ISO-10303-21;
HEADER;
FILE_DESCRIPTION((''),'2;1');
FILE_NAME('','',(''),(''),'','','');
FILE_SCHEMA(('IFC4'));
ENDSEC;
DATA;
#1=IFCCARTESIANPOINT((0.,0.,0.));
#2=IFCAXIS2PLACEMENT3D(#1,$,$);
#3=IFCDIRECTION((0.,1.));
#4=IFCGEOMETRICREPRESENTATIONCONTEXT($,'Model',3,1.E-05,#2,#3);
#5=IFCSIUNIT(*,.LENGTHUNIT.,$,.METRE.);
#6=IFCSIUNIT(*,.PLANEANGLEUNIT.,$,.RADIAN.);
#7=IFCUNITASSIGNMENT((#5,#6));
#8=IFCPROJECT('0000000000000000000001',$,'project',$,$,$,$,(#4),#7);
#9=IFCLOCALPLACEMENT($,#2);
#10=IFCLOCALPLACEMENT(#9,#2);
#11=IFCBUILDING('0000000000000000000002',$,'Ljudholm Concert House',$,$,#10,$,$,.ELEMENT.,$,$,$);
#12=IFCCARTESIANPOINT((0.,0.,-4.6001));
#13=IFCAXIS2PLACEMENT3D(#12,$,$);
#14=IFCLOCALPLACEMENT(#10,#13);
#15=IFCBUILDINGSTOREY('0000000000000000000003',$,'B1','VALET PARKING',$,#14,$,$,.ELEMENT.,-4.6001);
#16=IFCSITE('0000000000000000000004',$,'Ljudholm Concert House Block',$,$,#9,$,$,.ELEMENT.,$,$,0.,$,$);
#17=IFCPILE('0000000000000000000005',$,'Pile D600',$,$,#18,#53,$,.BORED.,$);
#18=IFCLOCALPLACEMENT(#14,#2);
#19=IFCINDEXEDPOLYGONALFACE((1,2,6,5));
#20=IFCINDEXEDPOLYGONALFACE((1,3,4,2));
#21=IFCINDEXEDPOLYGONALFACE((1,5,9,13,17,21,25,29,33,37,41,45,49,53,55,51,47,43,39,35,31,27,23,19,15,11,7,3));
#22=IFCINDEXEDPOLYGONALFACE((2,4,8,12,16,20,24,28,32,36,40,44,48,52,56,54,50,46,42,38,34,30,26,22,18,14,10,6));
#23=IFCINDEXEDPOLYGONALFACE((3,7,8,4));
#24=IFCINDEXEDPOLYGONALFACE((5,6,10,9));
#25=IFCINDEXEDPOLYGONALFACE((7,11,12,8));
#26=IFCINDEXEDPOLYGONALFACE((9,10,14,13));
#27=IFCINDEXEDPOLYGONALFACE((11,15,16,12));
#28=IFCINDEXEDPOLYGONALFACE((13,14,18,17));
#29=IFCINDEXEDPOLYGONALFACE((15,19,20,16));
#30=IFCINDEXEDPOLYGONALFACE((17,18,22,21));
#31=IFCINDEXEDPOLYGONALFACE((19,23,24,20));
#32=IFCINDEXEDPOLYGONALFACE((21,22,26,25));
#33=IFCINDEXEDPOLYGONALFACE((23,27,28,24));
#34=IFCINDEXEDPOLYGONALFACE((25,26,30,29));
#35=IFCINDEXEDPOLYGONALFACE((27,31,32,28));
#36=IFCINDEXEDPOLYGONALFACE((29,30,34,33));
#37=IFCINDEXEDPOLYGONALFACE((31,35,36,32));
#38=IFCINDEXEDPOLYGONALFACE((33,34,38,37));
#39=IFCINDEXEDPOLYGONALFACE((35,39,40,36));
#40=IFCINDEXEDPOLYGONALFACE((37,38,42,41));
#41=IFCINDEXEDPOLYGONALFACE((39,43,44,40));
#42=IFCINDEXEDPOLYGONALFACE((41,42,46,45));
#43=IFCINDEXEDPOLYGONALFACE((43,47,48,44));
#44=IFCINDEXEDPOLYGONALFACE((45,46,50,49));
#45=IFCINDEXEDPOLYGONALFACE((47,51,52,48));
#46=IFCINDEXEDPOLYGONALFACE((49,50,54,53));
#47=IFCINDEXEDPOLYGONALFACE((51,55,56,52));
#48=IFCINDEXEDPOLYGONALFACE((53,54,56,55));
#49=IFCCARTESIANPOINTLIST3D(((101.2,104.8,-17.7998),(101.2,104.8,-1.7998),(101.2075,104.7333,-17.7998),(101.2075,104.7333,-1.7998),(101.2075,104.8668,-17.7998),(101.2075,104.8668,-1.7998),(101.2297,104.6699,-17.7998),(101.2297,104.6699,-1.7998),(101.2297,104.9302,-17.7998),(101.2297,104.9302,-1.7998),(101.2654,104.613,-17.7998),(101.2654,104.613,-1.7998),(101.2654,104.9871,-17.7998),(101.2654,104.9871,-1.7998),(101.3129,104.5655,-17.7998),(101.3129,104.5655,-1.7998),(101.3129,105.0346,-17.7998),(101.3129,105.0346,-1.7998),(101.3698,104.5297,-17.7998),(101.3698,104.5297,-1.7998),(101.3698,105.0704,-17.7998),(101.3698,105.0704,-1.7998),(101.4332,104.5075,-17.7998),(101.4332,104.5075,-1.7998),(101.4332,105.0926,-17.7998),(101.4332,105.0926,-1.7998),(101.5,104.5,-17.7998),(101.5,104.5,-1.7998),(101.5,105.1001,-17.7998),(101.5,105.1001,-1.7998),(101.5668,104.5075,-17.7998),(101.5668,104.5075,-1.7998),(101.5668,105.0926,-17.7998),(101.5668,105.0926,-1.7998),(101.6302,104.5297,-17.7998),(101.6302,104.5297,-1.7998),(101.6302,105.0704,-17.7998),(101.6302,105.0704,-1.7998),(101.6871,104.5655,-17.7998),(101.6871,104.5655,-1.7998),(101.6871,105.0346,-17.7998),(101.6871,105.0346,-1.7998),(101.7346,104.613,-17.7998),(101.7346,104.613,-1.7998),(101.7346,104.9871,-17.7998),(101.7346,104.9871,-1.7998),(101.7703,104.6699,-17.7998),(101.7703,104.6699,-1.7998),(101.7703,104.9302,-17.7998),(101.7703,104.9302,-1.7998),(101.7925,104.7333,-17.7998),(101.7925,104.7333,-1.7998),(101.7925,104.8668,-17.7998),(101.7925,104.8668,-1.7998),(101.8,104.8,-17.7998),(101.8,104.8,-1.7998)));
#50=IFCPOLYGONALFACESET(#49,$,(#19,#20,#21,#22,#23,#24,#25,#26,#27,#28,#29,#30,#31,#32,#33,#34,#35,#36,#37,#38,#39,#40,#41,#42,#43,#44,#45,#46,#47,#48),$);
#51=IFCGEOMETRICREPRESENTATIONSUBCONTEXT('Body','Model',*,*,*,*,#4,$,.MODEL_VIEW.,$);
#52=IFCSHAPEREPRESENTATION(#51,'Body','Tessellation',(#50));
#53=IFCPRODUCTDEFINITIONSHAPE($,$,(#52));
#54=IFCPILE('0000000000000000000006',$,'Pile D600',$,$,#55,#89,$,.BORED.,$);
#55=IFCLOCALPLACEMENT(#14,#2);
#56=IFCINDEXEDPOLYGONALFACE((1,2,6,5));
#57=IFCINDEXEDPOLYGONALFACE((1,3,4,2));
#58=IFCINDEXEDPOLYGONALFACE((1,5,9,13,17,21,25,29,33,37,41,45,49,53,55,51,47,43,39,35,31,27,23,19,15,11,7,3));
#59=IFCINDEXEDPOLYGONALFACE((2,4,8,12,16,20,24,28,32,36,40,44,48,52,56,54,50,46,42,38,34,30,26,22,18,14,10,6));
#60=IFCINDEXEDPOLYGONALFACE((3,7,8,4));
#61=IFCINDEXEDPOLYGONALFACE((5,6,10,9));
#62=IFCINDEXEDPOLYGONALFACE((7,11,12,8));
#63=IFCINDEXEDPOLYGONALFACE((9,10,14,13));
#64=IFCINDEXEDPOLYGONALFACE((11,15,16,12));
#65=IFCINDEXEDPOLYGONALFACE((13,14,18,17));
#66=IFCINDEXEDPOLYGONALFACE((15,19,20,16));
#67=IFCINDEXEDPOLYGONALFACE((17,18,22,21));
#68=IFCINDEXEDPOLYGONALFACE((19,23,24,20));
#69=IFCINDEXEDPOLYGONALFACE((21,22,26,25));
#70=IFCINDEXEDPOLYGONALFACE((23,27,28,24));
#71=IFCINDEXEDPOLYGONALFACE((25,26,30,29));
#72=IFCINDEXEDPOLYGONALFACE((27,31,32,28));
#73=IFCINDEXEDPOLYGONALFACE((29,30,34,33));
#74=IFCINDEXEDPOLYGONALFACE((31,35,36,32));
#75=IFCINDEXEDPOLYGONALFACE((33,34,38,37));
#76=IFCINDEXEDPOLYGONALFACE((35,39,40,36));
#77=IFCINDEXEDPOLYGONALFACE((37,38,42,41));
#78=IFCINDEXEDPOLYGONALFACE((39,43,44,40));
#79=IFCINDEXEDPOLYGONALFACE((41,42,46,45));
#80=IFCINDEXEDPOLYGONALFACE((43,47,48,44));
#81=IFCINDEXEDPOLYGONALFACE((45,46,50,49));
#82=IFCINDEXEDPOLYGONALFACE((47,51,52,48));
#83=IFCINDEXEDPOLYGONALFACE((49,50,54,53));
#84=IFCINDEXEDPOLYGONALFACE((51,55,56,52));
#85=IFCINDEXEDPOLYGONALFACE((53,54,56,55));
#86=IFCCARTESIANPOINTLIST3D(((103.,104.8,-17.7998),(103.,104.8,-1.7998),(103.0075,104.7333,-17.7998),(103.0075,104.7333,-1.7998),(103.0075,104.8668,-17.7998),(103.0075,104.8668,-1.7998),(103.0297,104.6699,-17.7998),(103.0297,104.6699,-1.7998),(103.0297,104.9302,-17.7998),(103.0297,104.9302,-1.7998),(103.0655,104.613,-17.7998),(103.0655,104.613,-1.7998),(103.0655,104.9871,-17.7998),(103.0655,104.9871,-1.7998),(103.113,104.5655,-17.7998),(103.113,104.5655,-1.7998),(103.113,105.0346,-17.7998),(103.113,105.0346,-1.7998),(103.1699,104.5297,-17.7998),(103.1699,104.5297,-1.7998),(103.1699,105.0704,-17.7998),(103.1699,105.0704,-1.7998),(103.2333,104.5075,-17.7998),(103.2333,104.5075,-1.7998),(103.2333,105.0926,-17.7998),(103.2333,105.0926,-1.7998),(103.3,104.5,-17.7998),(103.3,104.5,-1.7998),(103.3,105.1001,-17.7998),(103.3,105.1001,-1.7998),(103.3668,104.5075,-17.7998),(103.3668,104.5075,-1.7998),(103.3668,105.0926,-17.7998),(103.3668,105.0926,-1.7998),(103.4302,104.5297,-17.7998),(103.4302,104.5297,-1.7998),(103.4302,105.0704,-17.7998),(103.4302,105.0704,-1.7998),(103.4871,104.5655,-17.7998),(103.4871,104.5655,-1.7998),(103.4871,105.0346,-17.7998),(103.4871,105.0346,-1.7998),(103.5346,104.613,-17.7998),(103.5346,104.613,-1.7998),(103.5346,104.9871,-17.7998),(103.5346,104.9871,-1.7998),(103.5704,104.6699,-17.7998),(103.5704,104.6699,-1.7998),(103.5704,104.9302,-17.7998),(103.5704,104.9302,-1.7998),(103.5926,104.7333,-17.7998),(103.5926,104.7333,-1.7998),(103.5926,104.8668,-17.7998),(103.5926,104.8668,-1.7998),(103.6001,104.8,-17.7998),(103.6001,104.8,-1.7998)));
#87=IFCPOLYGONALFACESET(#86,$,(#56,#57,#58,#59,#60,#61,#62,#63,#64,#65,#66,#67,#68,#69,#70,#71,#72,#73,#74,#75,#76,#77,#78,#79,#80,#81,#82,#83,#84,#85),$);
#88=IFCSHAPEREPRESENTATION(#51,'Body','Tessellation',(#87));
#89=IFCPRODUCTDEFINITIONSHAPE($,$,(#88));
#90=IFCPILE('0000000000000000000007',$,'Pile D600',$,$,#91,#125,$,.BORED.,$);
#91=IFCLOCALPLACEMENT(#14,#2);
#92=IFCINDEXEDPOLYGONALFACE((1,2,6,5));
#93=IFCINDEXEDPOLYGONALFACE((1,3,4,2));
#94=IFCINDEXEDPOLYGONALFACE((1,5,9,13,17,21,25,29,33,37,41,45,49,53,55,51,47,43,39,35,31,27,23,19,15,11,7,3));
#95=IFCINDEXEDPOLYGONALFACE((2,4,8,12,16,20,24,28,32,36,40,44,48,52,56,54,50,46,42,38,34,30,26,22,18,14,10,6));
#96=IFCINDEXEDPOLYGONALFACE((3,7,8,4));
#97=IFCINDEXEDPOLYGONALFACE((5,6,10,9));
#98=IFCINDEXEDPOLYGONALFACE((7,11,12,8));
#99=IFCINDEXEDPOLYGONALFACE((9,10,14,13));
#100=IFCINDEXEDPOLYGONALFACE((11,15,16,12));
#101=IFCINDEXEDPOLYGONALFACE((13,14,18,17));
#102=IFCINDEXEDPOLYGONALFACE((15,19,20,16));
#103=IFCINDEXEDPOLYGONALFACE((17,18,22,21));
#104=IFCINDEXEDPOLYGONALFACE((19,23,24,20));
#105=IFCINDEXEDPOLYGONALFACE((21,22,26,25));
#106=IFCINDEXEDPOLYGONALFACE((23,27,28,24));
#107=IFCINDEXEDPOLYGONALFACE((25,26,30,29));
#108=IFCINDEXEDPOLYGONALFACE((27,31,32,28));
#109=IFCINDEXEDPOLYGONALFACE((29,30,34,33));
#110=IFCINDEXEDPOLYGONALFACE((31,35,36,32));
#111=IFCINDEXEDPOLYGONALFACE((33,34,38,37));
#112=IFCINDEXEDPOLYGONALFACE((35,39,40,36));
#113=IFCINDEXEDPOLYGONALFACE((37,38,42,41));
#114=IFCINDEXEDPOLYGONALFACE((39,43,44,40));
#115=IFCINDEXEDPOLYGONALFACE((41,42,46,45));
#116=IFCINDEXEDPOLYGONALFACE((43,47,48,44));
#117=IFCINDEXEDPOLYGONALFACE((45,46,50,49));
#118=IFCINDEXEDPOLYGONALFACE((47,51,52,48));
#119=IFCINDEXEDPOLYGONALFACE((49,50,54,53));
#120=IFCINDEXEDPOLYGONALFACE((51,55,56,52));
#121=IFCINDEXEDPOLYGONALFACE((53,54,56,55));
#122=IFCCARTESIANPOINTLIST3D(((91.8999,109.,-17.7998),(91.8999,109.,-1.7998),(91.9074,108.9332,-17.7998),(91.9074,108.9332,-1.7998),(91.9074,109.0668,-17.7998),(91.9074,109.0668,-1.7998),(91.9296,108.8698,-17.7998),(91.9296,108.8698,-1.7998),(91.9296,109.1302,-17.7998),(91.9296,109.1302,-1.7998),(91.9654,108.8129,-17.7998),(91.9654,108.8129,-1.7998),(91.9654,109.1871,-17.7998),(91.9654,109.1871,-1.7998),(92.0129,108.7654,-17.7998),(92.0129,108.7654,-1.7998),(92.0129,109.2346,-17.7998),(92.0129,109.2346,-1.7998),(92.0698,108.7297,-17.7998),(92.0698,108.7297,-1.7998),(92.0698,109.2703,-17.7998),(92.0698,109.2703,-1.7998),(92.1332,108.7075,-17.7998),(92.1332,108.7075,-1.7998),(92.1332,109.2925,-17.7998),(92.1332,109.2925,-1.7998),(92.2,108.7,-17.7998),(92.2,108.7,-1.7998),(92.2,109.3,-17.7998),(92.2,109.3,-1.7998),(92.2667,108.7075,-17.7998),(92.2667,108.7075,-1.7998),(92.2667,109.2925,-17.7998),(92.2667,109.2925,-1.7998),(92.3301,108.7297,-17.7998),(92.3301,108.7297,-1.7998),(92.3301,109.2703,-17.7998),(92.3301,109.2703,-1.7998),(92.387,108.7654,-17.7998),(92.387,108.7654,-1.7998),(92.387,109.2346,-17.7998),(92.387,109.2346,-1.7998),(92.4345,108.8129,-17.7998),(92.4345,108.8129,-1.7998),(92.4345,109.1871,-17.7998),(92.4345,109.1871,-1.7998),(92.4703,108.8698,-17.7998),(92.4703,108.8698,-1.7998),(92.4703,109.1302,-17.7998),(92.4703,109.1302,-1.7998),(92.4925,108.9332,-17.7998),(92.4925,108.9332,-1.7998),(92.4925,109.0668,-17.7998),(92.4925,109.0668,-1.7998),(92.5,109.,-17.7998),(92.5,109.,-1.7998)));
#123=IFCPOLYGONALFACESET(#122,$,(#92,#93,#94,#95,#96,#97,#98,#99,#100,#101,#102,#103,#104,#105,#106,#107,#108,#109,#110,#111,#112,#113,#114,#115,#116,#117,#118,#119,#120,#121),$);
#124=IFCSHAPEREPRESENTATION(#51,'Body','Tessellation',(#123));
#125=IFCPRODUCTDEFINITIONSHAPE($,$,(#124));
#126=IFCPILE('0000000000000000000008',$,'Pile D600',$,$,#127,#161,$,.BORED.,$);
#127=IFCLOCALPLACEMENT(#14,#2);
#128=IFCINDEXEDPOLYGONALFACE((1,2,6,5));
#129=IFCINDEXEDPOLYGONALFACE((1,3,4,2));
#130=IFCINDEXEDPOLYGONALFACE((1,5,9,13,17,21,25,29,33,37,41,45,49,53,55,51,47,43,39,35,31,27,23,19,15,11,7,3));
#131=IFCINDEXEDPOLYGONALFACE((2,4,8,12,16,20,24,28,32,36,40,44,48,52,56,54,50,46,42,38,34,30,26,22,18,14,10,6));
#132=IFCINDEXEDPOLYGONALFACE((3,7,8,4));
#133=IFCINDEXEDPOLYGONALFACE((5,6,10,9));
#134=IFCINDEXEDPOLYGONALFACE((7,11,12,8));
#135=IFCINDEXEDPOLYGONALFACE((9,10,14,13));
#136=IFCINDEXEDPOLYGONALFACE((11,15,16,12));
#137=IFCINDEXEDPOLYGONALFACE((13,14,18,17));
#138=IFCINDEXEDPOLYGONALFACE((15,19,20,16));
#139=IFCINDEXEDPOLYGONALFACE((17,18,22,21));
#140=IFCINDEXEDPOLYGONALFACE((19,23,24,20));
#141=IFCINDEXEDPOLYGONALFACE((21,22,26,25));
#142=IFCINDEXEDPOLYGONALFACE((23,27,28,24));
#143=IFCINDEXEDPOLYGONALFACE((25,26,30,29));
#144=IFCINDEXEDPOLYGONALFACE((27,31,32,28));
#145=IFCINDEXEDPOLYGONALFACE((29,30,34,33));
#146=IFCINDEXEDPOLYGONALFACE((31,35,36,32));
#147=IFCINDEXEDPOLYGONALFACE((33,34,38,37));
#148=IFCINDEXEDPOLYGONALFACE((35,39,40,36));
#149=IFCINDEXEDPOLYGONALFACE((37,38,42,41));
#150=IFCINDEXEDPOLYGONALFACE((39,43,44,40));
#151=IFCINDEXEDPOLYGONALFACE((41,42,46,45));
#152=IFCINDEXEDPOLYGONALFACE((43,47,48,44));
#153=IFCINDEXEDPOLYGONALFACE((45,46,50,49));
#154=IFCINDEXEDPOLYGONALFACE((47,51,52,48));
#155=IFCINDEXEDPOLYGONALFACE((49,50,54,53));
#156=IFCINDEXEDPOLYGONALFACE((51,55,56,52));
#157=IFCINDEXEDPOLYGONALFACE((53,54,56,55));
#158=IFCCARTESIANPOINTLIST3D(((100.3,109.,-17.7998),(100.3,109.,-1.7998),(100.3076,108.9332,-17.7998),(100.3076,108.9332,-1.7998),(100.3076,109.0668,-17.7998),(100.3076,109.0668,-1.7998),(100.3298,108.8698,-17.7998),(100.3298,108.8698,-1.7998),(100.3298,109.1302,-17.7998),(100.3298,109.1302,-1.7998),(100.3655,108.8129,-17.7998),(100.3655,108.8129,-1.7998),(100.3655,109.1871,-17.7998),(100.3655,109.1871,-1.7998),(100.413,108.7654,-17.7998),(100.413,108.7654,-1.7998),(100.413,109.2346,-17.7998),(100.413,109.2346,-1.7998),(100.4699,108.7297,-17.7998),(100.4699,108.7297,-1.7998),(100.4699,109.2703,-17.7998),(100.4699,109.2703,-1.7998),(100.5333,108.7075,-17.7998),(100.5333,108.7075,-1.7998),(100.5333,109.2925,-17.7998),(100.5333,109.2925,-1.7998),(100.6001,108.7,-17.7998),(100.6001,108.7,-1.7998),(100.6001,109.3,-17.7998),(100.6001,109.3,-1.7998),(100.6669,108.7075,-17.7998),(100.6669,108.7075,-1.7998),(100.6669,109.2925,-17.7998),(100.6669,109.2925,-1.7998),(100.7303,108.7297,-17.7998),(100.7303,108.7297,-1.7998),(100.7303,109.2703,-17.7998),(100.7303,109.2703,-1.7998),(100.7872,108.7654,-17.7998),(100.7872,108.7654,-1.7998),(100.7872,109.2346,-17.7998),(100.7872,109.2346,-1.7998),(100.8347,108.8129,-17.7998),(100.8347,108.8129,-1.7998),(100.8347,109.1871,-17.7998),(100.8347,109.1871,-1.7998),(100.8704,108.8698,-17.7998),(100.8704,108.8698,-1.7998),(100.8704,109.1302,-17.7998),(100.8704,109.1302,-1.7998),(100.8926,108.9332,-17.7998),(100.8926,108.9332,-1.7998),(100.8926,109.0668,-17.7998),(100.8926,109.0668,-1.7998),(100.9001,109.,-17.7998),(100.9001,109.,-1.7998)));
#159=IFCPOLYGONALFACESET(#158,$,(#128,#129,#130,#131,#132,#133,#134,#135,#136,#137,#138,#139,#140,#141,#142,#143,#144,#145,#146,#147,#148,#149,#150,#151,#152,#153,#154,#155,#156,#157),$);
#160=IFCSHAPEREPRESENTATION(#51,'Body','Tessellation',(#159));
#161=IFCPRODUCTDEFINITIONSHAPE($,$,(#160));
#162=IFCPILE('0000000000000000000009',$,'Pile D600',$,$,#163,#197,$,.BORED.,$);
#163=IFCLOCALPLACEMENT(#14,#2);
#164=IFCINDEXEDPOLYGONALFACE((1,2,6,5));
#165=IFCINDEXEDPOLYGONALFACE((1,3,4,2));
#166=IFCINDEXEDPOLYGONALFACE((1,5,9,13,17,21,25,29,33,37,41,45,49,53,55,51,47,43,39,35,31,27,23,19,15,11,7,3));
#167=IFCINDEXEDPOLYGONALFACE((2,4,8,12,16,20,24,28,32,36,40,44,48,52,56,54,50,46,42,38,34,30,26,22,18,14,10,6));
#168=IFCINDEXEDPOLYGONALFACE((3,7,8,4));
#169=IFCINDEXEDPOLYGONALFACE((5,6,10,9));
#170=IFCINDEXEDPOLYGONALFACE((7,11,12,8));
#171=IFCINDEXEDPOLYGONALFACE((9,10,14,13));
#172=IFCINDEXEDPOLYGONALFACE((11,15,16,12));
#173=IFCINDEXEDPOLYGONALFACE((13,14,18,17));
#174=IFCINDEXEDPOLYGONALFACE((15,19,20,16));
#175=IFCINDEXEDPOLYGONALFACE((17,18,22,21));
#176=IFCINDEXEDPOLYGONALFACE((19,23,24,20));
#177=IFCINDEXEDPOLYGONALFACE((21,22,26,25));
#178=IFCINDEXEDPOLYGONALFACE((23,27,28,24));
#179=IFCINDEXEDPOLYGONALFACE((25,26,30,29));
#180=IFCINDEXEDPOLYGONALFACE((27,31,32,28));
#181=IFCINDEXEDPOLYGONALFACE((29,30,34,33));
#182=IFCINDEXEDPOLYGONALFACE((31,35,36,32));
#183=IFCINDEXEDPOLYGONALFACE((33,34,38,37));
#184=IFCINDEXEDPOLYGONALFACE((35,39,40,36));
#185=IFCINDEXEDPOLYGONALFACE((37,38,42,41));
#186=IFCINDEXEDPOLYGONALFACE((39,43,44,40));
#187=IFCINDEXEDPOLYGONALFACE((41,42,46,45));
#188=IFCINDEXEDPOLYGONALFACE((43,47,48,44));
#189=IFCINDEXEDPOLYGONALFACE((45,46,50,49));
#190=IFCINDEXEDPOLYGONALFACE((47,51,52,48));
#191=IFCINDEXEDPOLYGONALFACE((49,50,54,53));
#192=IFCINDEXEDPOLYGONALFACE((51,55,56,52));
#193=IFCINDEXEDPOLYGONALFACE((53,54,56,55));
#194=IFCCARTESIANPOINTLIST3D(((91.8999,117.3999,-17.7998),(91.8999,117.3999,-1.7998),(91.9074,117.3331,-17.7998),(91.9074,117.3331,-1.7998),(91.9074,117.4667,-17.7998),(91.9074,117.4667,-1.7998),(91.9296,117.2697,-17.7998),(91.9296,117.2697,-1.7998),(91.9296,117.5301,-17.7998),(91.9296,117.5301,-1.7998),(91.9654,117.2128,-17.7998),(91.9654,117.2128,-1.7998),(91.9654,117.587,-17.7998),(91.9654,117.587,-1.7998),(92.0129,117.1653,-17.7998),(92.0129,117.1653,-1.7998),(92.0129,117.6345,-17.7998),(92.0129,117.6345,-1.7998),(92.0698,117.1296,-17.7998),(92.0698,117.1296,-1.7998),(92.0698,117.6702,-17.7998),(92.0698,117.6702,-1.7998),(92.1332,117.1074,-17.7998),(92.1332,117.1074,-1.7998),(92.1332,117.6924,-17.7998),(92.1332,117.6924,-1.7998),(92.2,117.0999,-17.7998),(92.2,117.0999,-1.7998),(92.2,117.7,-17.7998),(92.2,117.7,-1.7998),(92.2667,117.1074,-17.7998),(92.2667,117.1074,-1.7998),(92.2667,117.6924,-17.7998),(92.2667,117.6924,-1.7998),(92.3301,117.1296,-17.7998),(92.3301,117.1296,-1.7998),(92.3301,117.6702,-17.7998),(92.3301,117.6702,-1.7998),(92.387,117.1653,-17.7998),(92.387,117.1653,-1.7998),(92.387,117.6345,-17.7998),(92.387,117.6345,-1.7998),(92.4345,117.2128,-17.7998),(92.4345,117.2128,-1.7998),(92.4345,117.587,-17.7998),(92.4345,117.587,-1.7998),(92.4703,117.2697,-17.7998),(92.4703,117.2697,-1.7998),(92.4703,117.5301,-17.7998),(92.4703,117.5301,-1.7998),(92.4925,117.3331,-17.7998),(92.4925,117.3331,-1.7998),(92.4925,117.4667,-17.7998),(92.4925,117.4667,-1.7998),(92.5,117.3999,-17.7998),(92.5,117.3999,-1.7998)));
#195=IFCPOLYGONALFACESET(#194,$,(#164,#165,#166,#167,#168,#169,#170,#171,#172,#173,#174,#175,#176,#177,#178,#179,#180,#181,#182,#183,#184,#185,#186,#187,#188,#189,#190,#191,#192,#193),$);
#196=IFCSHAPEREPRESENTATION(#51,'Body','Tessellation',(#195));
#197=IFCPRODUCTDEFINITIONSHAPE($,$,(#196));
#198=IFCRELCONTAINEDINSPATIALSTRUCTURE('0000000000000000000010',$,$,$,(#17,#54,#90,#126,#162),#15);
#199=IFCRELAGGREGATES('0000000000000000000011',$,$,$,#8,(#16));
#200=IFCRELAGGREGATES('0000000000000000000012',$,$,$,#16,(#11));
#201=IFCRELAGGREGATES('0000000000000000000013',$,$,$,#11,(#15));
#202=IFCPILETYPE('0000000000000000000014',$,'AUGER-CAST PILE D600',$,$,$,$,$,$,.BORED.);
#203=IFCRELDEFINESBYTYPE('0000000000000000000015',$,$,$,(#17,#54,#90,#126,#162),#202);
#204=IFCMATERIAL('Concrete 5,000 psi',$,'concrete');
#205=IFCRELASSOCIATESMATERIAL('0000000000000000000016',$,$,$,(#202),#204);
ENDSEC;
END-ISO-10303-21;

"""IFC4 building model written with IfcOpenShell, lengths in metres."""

from ifc_helpers import new_model, si_unit, direction, frame, origin, origin_2d, place, context, subcontext, project, spatial, circle, extrude, material, material_profile, profile_set, type_object, element, save


model = new_model("IFC4")

# Units and contexts
model_context = context("Model", 3, precision=1e-05, world=origin(), true_north=direction((0.0, 1.0)))
body_context = subcontext(model_context, "Body", "Model", "MODEL_VIEW")
ifc_project = project(units=[si_unit("LENGTHUNIT", "METRE"), si_unit("PLANEANGLEUNIT", "RADIAN")], contexts=[model_context])

# Site, building, storey
site_placement = place(None, origin())
site = spatial("IfcSite", under=ifc_project, at=site_placement, Name="Ljudholm Concert House Block", CompositionType="ELEMENT", RefElevation=0.0)
building_placement = place(site_placement, origin())
building = spatial("IfcBuilding", under=site, at=building_placement, Name="Ljudholm Concert House", CompositionType="ELEMENT")
storey_placement = place(building_placement, frame((0.0, 0.0, -4.6001)))
storey = spatial("IfcBuildingStorey", under=building, at=storey_placement, Name="B1", Description="VALET PARKING", CompositionType="ELEMENT", Elevation=-4.6001)

# Piles
ifc_material_1 = material(Name="Concrete 5,000 psi", Category="concrete")
ifc_material_profile_1 = material_profile(ifc_material_1, circle(Radius=0.3, at=origin_2d()), Name="AUGER-CAST PILE D600")
ifc_profile_set_1 = profile_set([ifc_material_profile_1], Name="Concrete 5,000 psi")
pile_type = type_object("IfcPileType", Name="AUGER-CAST PILE D600", PredefinedType="BORED", material=ifc_profile_set_1)
for number, where, z_axis, x_axis, name in (
    (1, (101.5, 104.8, -1.7998), (0.0, 0.0, -1.0), (1.0, 0.0, 0.0), "Pile D600"),
    (2, (103.3, 104.8, -1.7998), (0.0, 0.0, -1.0), (1.0, 0.0, 0.0), "Pile D600"),
    (3, (92.2, 109.0, -1.7998), (0.0, 0.0, -1.0), (1.0, 0.0, 0.0), "Pile D600"),
    (4, (100.6001, 109.0, -1.7998), (0.0, 0.0, -1.0), (1.0, 0.0, 0.0), "Pile D600"),
    (5, (92.2, 117.3999, -1.7998), (0.0, 0.0, -1.0), (1.0, 0.0, 0.0), "Pile D600"),
):
    element("IfcPile", number, at=place(storey_placement, frame(where, z_axis=z_axis, x_axis=x_axis)), inside=storey, type_object=pile_type, Name=name, PredefinedType="BORED", context=body_context, shape_type="SweptSolid", body=[
        extrude(circle(Radius=0.3, at=origin_2d()), origin(), (0.0, 0.0, 1.0), 16.0),
    ])

save(model, "model.ifc")
